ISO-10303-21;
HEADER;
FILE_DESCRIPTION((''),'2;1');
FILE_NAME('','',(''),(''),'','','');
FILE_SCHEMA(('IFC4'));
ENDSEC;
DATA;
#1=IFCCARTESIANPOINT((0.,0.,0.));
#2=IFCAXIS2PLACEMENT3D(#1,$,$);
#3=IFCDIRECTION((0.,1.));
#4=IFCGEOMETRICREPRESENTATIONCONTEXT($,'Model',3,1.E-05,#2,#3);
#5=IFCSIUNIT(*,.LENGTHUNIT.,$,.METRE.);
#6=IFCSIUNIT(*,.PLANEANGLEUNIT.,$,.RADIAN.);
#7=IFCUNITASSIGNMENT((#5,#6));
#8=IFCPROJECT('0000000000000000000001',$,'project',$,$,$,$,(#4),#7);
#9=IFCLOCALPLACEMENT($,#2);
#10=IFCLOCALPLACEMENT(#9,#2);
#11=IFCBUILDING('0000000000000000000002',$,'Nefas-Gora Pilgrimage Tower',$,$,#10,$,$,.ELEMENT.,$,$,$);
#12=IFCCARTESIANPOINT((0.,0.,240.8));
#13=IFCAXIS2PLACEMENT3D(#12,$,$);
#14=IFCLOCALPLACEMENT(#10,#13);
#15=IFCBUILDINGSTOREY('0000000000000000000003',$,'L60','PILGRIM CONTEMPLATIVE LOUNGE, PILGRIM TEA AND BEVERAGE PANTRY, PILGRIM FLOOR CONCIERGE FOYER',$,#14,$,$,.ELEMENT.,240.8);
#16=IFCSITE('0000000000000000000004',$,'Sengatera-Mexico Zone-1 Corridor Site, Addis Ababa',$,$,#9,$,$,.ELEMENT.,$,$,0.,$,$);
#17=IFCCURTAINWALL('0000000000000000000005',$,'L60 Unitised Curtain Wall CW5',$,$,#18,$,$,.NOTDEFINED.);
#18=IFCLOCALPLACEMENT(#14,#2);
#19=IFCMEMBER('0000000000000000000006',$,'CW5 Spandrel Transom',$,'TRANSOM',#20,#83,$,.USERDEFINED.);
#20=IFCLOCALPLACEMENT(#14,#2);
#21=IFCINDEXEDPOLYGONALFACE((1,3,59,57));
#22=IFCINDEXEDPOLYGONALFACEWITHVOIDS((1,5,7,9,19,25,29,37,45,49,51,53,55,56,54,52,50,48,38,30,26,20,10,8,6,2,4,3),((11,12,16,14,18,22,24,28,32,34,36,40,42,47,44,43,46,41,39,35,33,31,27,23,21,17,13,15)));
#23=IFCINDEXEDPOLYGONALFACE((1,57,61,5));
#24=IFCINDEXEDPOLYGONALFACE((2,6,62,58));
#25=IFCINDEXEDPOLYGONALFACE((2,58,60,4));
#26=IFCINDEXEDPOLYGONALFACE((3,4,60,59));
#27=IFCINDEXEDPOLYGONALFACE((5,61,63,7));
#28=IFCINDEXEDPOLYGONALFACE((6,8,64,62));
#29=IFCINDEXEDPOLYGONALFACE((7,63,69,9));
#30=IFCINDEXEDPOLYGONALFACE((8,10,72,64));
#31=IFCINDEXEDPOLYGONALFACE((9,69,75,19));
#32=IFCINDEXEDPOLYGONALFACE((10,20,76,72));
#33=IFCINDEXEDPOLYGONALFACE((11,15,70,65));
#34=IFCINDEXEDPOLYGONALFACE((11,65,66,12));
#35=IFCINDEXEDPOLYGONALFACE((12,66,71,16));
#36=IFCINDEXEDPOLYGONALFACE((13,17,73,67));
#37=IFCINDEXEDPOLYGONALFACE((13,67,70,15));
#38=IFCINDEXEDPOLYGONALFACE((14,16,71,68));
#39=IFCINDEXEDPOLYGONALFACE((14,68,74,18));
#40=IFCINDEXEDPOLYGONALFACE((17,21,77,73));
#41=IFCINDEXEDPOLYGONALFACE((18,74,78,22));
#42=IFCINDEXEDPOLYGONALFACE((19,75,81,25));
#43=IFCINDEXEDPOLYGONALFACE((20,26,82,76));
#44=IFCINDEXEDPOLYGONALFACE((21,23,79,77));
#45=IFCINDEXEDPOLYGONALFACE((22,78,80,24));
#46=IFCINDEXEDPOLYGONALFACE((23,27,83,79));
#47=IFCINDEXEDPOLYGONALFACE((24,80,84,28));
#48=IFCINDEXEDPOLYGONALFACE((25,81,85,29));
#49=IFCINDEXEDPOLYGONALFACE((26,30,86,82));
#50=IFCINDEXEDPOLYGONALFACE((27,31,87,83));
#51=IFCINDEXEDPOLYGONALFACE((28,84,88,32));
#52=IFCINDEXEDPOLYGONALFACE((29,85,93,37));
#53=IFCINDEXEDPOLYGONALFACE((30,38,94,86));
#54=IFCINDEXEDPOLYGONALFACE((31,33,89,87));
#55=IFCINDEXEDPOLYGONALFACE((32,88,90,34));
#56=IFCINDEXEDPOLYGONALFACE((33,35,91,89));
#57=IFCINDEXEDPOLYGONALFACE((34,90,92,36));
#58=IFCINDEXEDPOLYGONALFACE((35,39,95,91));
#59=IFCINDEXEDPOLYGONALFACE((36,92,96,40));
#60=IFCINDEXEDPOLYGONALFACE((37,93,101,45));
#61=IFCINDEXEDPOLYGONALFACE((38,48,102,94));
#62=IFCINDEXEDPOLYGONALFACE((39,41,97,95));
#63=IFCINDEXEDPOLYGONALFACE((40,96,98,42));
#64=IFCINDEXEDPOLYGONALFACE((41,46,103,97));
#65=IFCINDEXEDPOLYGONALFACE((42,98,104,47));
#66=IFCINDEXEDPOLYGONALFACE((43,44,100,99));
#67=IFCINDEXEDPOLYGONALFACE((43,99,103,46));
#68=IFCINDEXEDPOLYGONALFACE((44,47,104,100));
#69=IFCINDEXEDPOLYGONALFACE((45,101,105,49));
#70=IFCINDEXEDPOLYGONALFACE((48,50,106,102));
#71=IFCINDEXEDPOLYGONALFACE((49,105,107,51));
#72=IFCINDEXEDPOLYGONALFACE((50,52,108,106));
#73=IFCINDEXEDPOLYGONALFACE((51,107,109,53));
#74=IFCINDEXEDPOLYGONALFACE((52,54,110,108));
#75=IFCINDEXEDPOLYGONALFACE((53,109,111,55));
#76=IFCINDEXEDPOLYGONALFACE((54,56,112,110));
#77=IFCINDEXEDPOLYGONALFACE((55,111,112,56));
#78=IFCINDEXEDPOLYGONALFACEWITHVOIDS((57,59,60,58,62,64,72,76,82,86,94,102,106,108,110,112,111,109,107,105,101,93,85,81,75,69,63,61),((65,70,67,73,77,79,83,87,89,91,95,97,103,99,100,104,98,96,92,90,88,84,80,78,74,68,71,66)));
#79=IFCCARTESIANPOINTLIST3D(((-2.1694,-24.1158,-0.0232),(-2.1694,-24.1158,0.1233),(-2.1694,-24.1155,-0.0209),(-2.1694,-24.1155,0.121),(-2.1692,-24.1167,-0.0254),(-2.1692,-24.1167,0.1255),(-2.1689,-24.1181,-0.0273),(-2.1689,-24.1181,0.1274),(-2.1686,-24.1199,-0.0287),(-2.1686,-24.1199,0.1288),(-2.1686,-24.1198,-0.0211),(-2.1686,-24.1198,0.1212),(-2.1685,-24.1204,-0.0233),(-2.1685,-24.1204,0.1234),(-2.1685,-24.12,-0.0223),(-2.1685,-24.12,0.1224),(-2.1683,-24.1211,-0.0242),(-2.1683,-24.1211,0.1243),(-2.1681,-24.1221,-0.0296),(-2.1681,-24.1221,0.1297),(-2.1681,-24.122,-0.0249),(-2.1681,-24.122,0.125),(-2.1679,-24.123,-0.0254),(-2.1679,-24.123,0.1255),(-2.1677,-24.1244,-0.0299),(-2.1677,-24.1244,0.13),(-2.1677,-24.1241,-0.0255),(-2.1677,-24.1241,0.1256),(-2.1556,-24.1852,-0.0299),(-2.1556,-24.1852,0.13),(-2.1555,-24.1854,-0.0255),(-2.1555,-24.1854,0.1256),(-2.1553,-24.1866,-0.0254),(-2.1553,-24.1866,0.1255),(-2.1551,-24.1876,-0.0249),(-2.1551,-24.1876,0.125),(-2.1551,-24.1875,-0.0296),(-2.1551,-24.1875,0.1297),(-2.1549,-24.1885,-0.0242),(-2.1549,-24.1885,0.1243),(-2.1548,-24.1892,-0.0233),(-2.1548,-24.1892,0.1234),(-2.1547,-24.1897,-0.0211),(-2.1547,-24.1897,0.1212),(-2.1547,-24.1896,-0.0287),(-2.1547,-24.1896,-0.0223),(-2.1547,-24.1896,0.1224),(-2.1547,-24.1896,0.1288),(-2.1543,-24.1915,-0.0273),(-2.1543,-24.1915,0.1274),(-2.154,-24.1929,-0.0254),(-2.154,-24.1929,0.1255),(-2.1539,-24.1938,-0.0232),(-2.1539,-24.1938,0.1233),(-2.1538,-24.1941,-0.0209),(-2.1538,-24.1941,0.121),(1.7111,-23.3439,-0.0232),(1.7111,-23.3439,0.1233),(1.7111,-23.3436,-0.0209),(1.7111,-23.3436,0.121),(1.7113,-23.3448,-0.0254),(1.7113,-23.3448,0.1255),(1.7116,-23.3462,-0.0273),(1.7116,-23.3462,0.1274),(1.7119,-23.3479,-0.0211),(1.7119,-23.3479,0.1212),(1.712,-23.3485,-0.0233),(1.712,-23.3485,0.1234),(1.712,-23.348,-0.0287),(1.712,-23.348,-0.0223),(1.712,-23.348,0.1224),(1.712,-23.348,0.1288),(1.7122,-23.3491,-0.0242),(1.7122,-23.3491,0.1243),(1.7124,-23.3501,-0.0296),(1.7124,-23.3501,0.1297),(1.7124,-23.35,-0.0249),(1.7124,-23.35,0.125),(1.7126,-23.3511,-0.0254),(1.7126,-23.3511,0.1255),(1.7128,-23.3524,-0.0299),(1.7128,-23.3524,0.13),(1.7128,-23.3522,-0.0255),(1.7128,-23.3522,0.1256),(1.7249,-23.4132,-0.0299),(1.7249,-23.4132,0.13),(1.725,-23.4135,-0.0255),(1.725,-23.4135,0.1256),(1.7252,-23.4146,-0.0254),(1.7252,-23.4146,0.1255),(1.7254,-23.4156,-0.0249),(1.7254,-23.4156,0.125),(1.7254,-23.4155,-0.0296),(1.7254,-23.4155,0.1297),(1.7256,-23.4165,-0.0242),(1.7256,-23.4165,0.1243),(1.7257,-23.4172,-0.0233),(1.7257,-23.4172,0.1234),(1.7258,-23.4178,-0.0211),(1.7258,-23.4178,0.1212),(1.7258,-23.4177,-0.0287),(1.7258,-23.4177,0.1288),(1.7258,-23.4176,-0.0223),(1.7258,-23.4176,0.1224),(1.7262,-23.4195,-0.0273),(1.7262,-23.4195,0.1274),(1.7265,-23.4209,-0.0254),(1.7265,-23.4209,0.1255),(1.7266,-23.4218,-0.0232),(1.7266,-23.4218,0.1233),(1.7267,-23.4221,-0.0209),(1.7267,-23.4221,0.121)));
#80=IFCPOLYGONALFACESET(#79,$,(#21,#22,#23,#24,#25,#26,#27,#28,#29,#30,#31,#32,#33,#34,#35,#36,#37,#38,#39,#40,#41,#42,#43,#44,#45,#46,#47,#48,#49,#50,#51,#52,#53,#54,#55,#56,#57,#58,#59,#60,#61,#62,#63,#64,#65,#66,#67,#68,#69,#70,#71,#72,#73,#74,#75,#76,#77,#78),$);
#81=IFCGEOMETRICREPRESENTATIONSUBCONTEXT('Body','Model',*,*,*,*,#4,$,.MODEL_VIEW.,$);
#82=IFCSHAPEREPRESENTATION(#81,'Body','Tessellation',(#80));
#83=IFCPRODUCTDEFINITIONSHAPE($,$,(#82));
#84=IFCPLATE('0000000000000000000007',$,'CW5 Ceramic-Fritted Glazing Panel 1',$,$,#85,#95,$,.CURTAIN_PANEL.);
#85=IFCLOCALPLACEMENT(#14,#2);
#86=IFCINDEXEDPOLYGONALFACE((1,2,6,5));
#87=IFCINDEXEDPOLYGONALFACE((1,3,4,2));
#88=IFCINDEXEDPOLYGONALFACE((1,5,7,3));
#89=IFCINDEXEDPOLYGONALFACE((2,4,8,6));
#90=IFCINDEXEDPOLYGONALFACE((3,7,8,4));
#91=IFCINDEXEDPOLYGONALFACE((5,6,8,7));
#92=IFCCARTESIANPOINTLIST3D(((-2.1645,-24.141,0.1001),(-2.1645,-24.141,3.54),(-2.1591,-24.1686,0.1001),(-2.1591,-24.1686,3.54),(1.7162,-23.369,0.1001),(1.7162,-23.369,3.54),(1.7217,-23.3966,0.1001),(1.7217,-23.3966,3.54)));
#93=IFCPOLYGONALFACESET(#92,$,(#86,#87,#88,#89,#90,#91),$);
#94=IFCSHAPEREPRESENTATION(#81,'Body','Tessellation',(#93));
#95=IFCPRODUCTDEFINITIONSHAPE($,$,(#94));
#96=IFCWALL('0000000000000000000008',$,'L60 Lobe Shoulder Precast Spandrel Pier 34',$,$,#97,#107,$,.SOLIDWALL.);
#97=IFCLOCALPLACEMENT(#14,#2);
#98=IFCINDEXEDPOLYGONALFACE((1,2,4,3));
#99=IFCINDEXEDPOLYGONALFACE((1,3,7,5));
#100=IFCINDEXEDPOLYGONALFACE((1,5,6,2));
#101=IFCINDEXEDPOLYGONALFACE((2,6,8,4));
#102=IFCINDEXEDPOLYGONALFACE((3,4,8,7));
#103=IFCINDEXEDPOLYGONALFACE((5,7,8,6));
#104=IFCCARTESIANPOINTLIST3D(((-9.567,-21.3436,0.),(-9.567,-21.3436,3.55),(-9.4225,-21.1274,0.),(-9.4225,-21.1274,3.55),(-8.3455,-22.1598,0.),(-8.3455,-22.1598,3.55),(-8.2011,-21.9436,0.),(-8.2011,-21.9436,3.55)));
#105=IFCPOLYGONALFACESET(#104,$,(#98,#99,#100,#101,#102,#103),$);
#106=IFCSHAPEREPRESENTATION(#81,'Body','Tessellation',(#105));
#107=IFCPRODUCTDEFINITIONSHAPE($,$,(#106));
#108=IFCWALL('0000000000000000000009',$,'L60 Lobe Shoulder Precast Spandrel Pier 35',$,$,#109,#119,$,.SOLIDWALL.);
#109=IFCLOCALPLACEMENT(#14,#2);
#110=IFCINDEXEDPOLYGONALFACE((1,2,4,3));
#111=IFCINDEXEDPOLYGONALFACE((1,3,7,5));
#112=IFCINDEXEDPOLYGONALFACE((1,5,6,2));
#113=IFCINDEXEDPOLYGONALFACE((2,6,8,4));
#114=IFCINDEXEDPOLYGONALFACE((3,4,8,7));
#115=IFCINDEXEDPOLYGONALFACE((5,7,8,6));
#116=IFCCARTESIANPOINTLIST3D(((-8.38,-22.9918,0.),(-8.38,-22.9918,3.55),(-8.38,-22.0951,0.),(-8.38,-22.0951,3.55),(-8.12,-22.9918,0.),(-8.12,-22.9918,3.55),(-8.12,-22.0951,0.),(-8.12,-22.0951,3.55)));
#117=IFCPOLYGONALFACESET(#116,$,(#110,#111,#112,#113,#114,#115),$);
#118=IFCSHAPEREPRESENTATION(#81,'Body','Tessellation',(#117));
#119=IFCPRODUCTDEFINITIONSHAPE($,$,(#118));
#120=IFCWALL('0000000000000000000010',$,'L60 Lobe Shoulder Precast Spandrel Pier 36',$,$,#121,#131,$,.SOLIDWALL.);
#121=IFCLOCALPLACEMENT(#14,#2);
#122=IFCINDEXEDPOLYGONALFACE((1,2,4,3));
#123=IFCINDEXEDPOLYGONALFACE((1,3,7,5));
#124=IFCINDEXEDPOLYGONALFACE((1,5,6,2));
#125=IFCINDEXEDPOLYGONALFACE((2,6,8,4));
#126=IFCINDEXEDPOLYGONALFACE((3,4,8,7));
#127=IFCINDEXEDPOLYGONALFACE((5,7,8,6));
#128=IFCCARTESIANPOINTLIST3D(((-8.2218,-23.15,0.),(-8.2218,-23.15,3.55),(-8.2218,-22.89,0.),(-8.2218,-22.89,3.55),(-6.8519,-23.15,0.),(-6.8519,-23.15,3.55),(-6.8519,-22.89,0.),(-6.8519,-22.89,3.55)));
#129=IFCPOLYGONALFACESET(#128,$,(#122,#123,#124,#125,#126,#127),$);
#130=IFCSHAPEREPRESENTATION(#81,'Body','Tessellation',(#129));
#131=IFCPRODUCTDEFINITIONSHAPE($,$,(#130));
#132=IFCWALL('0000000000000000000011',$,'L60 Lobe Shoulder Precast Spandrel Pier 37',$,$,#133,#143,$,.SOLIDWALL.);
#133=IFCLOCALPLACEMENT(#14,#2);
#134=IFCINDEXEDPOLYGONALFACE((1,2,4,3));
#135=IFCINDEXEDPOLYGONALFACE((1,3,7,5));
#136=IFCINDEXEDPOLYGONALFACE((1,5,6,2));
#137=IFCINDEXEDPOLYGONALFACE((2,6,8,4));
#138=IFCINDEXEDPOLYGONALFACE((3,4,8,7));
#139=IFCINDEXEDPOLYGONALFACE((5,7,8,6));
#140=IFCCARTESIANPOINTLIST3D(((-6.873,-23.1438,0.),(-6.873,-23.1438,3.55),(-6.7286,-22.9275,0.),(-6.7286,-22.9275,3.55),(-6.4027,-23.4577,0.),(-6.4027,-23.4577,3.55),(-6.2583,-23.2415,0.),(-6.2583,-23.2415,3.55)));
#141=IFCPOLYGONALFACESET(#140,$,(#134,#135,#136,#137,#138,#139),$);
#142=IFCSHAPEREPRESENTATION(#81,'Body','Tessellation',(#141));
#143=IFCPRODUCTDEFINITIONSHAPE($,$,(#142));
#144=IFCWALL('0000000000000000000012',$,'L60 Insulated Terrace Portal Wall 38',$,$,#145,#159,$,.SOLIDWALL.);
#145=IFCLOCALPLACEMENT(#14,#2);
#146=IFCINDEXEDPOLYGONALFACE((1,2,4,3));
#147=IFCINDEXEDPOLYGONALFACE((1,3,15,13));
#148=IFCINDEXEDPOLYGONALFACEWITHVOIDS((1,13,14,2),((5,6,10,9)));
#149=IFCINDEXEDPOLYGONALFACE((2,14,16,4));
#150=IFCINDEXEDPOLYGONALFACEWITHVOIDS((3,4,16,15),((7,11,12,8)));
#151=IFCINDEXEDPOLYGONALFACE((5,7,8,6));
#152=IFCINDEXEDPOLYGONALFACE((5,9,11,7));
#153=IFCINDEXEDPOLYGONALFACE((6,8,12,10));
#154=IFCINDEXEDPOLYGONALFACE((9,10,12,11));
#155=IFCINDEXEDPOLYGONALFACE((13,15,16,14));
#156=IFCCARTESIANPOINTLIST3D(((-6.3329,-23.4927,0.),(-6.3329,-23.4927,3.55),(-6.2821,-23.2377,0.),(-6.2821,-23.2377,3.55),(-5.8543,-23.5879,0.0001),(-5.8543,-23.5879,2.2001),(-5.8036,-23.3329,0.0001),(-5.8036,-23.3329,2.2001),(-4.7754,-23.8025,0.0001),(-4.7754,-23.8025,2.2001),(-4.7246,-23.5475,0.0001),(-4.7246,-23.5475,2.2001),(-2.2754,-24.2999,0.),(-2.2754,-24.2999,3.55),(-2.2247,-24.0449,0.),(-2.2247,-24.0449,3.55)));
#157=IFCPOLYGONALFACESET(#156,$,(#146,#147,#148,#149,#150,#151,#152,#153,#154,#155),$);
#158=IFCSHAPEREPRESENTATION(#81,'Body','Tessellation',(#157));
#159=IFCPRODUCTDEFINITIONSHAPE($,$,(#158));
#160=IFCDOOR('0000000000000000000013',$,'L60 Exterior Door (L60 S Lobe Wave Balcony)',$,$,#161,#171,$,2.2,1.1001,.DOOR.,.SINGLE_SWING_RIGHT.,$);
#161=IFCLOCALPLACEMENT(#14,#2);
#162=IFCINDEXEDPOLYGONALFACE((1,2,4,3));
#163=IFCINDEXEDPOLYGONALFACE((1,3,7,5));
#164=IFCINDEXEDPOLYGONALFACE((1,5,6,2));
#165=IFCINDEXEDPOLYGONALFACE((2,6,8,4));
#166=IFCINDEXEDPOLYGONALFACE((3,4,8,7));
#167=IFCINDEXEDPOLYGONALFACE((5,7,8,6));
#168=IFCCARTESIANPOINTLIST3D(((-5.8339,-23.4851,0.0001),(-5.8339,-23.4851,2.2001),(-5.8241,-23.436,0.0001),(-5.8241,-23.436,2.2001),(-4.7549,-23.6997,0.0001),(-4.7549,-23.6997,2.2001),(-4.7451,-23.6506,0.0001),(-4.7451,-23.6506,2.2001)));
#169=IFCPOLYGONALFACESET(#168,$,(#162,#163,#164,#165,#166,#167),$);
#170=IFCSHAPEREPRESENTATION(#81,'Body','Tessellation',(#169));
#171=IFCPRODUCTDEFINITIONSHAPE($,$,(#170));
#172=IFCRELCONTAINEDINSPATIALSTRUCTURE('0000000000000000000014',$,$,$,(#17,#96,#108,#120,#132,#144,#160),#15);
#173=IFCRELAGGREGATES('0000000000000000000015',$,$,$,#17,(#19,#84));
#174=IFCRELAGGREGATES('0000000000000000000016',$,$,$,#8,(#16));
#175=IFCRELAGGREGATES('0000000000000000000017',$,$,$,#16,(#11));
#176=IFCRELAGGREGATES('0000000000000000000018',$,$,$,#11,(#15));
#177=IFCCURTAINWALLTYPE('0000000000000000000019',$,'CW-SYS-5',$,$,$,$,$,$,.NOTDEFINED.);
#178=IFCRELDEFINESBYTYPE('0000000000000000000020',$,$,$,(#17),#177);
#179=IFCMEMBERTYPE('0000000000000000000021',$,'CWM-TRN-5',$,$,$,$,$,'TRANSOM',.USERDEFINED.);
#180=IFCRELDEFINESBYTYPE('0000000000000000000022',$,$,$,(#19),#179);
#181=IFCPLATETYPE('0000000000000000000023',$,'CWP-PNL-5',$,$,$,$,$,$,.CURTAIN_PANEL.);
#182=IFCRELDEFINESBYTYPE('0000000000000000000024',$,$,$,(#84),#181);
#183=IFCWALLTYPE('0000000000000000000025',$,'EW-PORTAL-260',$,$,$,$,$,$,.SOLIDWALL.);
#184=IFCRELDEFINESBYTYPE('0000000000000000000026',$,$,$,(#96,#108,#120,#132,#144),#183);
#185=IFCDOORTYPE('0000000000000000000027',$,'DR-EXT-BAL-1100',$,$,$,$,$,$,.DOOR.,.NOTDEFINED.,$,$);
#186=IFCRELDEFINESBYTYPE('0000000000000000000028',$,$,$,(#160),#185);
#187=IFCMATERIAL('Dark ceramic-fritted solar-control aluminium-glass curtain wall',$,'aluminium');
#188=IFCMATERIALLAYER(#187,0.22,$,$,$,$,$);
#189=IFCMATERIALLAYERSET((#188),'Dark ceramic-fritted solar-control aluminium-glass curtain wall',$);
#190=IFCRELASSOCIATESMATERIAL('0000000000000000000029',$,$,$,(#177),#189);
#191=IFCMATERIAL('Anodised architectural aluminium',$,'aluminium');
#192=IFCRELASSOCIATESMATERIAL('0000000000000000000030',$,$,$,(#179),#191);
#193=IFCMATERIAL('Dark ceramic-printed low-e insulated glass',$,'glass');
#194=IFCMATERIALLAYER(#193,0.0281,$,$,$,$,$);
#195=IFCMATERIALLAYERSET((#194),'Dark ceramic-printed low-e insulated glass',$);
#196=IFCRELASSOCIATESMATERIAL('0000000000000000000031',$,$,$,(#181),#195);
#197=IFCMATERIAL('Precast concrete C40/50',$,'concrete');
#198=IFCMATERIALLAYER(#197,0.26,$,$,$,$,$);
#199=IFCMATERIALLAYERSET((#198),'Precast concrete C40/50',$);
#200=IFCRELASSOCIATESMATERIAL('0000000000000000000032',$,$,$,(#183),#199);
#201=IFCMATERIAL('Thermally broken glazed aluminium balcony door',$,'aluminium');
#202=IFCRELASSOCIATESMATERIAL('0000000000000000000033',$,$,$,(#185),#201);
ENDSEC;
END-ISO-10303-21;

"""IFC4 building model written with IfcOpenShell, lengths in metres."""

from ifc_helpers import new_model, si_unit, direction, frame, frame_2d, origin, origin_2d, place, context, subcontext, project, spatial, rectangle, hollow_rectangle, extrude, source, transform, mapped, material, layer, layer_set, material_profile, profile_set, type_object, element, fill, aggregate, save


model = new_model("IFC4")

# Units and contexts
model_context = context("Model", 3, precision=1e-05, world=origin(), true_north=direction((0.0, 1.0)))
body_context = subcontext(model_context, "Body", "Model", "MODEL_VIEW")
ifc_project = project(units=[si_unit("LENGTHUNIT", "METRE"), si_unit("PLANEANGLEUNIT", "RADIAN")], contexts=[model_context])

# Site, building, storey
site_placement = place(None, origin())
site = spatial("IfcSite", under=ifc_project, at=site_placement, Name="Sengatera-Mexico Zone-1 Corridor Site, Addis Ababa", CompositionType="ELEMENT", RefElevation=0.0)
building_placement = place(site_placement, origin())
building = spatial("IfcBuilding", under=site, at=building_placement, Name="Nefas-Gora Pilgrimage Tower", CompositionType="ELEMENT")
storey_placement = place(building_placement, frame((0.0, 0.0, 240.8)))
storey = spatial("IfcBuildingStorey", under=building, at=storey_placement, Name="L60", Description="PILGRIM CONTEMPLATIVE LOUNGE, PILGRIM TEA AND BEVERAGE PANTRY, PILGRIM FLOOR CONCIERGE FOYER", CompositionType="ELEMENT", Elevation=240.8)

# Shared definitions
ifc_material_1 = material(Name="Dark ceramic-fritted solar-control aluminium-glass curtain wall", Category="aluminium")
ifc_layer_1 = layer(ifc_material_1, 0.22)
ifc_layer_set_1 = layer_set([ifc_layer_1], Name="Dark ceramic-fritted solar-control aluminium-glass curtain wall")
curtain_wall_type = type_object("IfcCurtainWallType", Name="CW-SYS-5", PredefinedType="NOTDEFINED", material=ifc_layer_set_1)
ifc_material_2 = material(Name="Anodised architectural aluminium", Category="aluminium")

# Curtain wall, member, plate
curtain_wall_1_placement = place(storey_placement, origin())
curtain_wall_1 = element("IfcCurtainWall", 1, at=curtain_wall_1_placement, inside=storey, type_object=curtain_wall_type, Name="L60 Unitised Curtain Wall CW5", PredefinedType="NOTDEFINED")
ifc_material_profile_1 = material_profile(ifc_material_2, hollow_rectangle(XDim=0.0801, YDim=0.1599, WallThickness=0.0044, InnerFilletRadius=0.0044, OuterFilletRadius=0.009, at=origin_2d()), Name="ALU TRANSOM 80x160")
ifc_profile_set_1 = profile_set([ifc_material_profile_1], Name="Anodised architectural aluminium")
member_type_1 = type_object("IfcMemberType", Name="CWM-TRN-5", ElementType="TRANSOM", PredefinedType="USERDEFINED", material=ifc_profile_set_1)
shared_shape_1 = source(origin(), body_context, "Body", "SweptSolid", [
    extrude(hollow_rectangle(XDim=0.0801, YDim=0.1599, WallThickness=0.0044, InnerFilletRadius=0.0044, OuterFilletRadius=0.009, at=origin_2d()), origin(), (0.0, 0.0, 1.0), 3.9565),
])
member_1_placement = place(storey_placement, frame((-2.1616, -24.1548, 0.05), z_axis=(0.980782, 0.195107, 0.0), x_axis=(-0.195107, 0.980782, 0.0)))
member_1 = element("IfcMember", 2, at=member_1_placement, type_object=member_type_1, Name="CW5 Spandrel Transom", ObjectType="TRANSOM", PredefinedType="USERDEFINED", context=body_context, shape_type="MappedRepresentation", body=[
    mapped(shared_shape_1, transform((0.0, 0.0, 0.0), x_axis=(1.0, 0.0, 0.0), y_axis=(0.0, 1.0, 0.0), z_axis=(0.0, 0.0, 1.0), scale=1.0)),
])
ifc_material_3 = material(Name="Dark ceramic-printed low-e insulated glass", Category="glass")
ifc_layer_2 = layer(ifc_material_3, 0.0281)
ifc_layer_set_2 = layer_set([ifc_layer_2], Name="Dark ceramic-printed low-e insulated glass")
plate_type = type_object("IfcPlateType", Name="CWP-PNL-5", PredefinedType="CURTAIN_PANEL", material=ifc_layer_set_2)
shared_shape_2 = source(origin(), body_context, "Body", "SweptSolid", [
    extrude(rectangle(XDim=3.9568, YDim=0.0281, at=origin_2d()), origin(), (0.0, 0.0, 1.0), 3.4399),
])
plate_placement = place(storey_placement, frame((-0.2214, -23.7688, 0.1001), z_axis=(0.0, 0.0, 1.0), x_axis=(0.980783, 0.195102, 0.0)))
plate = element("IfcPlate", 3, at=plate_placement, type_object=plate_type, Name="CW5 Ceramic-Fritted Glazing Panel 1", PredefinedType="CURTAIN_PANEL", context=body_context, shape_type="MappedRepresentation", body=[
    mapped(shared_shape_2, transform((0.0, 0.0, 0.0), x_axis=(1.0, 0.0, 0.0), y_axis=(0.0, 1.0, 0.0), z_axis=(0.0, 0.0, 1.0), scale=1.0)),
])
aggregate(curtain_wall_1, [member_1, plate])

# Walls
ifc_material_4 = material(Name="Precast concrete C40/50", Category="concrete")
ifc_layer_3 = layer(ifc_material_4, 0.26)
ifc_layer_set_3 = layer_set([ifc_layer_3], Name="Precast concrete C40/50")
wall_type_1 = type_object("IfcWallType", Name="EW-PORTAL-260", PredefinedType="SOLIDWALL", material=ifc_layer_set_3)
shared_shape_3 = source(origin(), body_context, "Body", "SweptSolid", [
    extrude(rectangle(XDim=1.469, YDim=0.26, at=frame_2d((0.7344, 0.0))), origin(), (0.0, 0.0, 1.0), 3.55),
])
wall_1_placement = place(storey_placement, frame((-9.4946, -21.2356, 0.0), z_axis=(0.0, 0.0, 1.0), x_axis=(0.831462, -0.555582, 0.0)))
element("IfcWall", 4, at=wall_1_placement, inside=storey, type_object=wall_type_1, Name="L60 Lobe Shoulder Precast Spandrel Pier 34", PredefinedType="SOLIDWALL", context=body_context, shape_type="MappedRepresentation", body=[
    mapped(shared_shape_3, transform((0.0, 0.0, 0.0), x_axis=(1.0, 0.0, 0.0), y_axis=(0.0, 1.0, 0.0), z_axis=(0.0, 0.0, 1.0), scale=1.0)),
])
shared_shape_4 = source(origin(), body_context, "Body", "SweptSolid", [
    extrude(rectangle(XDim=0.8967, YDim=0.26, at=frame_2d((0.4482, 0.0))), origin(), (0.0, 0.0, 1.0), 3.55),
])
wall_2_placement = place(storey_placement, frame((-8.25, -22.0952, 0.0), z_axis=(0.0, 0.0, 1.0), x_axis=(0.0, -1.0, 0.0)))
element("IfcWall", 5, at=wall_2_placement, inside=storey, type_object=wall_type_1, Name="L60 Lobe Shoulder Precast Spandrel Pier 35", PredefinedType="SOLIDWALL", context=body_context, shape_type="MappedRepresentation", body=[
    mapped(shared_shape_4, transform((0.0, 0.0, 0.0), x_axis=(1.0, 0.0, 0.0), y_axis=(0.0, 1.0, 0.0), z_axis=(0.0, 0.0, 1.0), scale=1.0)),
])
shared_shape_5 = source(origin(), body_context, "Body", "SweptSolid", [
    extrude(rectangle(XDim=1.3699, YDim=0.26, at=frame_2d((0.6851, 0.0))), origin(), (0.0, 0.0, 1.0), 3.55),
])
wall_3_placement = place(storey_placement, frame((-8.2219, -23.02, 0.0), z_axis=(0.0, 0.0, 1.0), x_axis=(1.0, 0.0, 0.0)))
element("IfcWall", 6, at=wall_3_placement, inside=storey, type_object=wall_type_1, Name="L60 Lobe Shoulder Precast Spandrel Pier 36", PredefinedType="SOLIDWALL", context=body_context, shape_type="MappedRepresentation", body=[
    mapped(shared_shape_5, transform((0.0, 0.0, 0.0), x_axis=(1.0, 0.0, 0.0), y_axis=(0.0, 1.0, 0.0), z_axis=(0.0, 0.0, 1.0), scale=1.0)),
])
shared_shape_6 = source(origin(), body_context, "Body", "SweptSolid", [
    extrude(rectangle(XDim=0.5654, YDim=0.26, at=frame_2d((0.2827, 0.0))), origin(), (0.0, 0.0, 1.0), 3.55),
])
wall_4_placement = place(storey_placement, frame((-6.8008, -23.0356, 0.0), z_axis=(0.0, 0.0, 1.0), x_axis=(0.831651, -0.555298, 0.0)))
element("IfcWall", 7, at=wall_4_placement, inside=storey, type_object=wall_type_1, Name="L60 Lobe Shoulder Precast Spandrel Pier 37", PredefinedType="SOLIDWALL", context=body_context, shape_type="MappedRepresentation", body=[
    mapped(shared_shape_6, transform((0.0, 0.0, 0.0), x_axis=(1.0, 0.0, 0.0), y_axis=(0.0, 1.0, 0.0), z_axis=(0.0, 0.0, 1.0), scale=1.0)),
])

# Wall, opening, door
shared_shape_7 = source(origin(), body_context, "Body", "SweptSolid", [
    extrude(rectangle(XDim=4.137, YDim=0.26, at=frame_2d((2.0684, 0.0))), origin(), (0.0, 0.0, 1.0), 3.55),
])
wall_5_placement = place(storey_placement, frame((-6.3074, -23.3652, 0.0), z_axis=(0.0, 0.0, 1.0), x_axis=(0.980782, -0.195106, 0.0)))
wall_5 = element("IfcWall", 8, at=wall_5_placement, inside=storey, type_object=wall_type_1, Name="L60 Insulated Terrace Portal Wall 38", PredefinedType="SOLIDWALL", context=body_context, shape_type="MappedRepresentation", body=[
    mapped(shared_shape_7, transform((0.0, 0.0, 0.0), x_axis=(1.0, 0.0, 0.0), y_axis=(0.0, 1.0, 0.0), z_axis=(0.0, 0.0, 1.0), scale=1.0)),
])
opening_1_placement = place(wall_5_placement, frame((0.4878, 0.0, 0.0)))
opening_1 = element("IfcOpeningElement", 9, at=opening_1_placement, cuts=wall_5, PredefinedType="OPENING", context=body_context, shape_type="SweptSolid", body=[
    extrude(rectangle(XDim=1.1001, YDim=2.2, at=frame_2d((0.55, 1.1001))), frame((0.0, 0.1399, 0.0), z_axis=(0.0, -1.0, 0.0), x_axis=(1.0, 0.0, 0.0)), (0.0, 0.0, 1.0), 0.28),
])
ifc_material_5 = material(Name="Thermally broken glazed aluminium balcony door", Category="aluminium")
door_type_1 = type_object("IfcDoorType", Name="DR-EXT-BAL-1100", OperationType="NOTDEFINED", PredefinedType="DOOR", material=ifc_material_5)
shared_shape_8 = source(origin(), body_context, "Body", "SweptSolid", [
    extrude(rectangle(XDim=1.1001, YDim=2.2, at=frame_2d((0.55, 1.1001))), frame((0.0, 0.0249, 0.0), z_axis=(0.0, -1.0, 0.0), x_axis=(1.0, 0.0, 0.0)), (0.0, 0.0, 1.0), 0.05),
])
door_1_placement = place(opening_1_placement, origin())
door_1 = element("IfcDoor", 10, at=door_1_placement, inside=storey, type_object=door_type_1, Name="L60 Exterior Door (L60 S Lobe Wave Balcony)", OperationType="SINGLE_SWING_RIGHT", OverallHeight=2.2, OverallWidth=1.1001, PredefinedType="DOOR", context=body_context, shape_type="MappedRepresentation", body=[
    mapped(shared_shape_8, transform((0.0, 0.0, 0.0), x_axis=(1.0, 0.0, 0.0), y_axis=(0.0, 1.0, 0.0), z_axis=(0.0, 0.0, 1.0), scale=1.0)),
])
fill(opening_1, door_1)

save(model, "model.ifc")
